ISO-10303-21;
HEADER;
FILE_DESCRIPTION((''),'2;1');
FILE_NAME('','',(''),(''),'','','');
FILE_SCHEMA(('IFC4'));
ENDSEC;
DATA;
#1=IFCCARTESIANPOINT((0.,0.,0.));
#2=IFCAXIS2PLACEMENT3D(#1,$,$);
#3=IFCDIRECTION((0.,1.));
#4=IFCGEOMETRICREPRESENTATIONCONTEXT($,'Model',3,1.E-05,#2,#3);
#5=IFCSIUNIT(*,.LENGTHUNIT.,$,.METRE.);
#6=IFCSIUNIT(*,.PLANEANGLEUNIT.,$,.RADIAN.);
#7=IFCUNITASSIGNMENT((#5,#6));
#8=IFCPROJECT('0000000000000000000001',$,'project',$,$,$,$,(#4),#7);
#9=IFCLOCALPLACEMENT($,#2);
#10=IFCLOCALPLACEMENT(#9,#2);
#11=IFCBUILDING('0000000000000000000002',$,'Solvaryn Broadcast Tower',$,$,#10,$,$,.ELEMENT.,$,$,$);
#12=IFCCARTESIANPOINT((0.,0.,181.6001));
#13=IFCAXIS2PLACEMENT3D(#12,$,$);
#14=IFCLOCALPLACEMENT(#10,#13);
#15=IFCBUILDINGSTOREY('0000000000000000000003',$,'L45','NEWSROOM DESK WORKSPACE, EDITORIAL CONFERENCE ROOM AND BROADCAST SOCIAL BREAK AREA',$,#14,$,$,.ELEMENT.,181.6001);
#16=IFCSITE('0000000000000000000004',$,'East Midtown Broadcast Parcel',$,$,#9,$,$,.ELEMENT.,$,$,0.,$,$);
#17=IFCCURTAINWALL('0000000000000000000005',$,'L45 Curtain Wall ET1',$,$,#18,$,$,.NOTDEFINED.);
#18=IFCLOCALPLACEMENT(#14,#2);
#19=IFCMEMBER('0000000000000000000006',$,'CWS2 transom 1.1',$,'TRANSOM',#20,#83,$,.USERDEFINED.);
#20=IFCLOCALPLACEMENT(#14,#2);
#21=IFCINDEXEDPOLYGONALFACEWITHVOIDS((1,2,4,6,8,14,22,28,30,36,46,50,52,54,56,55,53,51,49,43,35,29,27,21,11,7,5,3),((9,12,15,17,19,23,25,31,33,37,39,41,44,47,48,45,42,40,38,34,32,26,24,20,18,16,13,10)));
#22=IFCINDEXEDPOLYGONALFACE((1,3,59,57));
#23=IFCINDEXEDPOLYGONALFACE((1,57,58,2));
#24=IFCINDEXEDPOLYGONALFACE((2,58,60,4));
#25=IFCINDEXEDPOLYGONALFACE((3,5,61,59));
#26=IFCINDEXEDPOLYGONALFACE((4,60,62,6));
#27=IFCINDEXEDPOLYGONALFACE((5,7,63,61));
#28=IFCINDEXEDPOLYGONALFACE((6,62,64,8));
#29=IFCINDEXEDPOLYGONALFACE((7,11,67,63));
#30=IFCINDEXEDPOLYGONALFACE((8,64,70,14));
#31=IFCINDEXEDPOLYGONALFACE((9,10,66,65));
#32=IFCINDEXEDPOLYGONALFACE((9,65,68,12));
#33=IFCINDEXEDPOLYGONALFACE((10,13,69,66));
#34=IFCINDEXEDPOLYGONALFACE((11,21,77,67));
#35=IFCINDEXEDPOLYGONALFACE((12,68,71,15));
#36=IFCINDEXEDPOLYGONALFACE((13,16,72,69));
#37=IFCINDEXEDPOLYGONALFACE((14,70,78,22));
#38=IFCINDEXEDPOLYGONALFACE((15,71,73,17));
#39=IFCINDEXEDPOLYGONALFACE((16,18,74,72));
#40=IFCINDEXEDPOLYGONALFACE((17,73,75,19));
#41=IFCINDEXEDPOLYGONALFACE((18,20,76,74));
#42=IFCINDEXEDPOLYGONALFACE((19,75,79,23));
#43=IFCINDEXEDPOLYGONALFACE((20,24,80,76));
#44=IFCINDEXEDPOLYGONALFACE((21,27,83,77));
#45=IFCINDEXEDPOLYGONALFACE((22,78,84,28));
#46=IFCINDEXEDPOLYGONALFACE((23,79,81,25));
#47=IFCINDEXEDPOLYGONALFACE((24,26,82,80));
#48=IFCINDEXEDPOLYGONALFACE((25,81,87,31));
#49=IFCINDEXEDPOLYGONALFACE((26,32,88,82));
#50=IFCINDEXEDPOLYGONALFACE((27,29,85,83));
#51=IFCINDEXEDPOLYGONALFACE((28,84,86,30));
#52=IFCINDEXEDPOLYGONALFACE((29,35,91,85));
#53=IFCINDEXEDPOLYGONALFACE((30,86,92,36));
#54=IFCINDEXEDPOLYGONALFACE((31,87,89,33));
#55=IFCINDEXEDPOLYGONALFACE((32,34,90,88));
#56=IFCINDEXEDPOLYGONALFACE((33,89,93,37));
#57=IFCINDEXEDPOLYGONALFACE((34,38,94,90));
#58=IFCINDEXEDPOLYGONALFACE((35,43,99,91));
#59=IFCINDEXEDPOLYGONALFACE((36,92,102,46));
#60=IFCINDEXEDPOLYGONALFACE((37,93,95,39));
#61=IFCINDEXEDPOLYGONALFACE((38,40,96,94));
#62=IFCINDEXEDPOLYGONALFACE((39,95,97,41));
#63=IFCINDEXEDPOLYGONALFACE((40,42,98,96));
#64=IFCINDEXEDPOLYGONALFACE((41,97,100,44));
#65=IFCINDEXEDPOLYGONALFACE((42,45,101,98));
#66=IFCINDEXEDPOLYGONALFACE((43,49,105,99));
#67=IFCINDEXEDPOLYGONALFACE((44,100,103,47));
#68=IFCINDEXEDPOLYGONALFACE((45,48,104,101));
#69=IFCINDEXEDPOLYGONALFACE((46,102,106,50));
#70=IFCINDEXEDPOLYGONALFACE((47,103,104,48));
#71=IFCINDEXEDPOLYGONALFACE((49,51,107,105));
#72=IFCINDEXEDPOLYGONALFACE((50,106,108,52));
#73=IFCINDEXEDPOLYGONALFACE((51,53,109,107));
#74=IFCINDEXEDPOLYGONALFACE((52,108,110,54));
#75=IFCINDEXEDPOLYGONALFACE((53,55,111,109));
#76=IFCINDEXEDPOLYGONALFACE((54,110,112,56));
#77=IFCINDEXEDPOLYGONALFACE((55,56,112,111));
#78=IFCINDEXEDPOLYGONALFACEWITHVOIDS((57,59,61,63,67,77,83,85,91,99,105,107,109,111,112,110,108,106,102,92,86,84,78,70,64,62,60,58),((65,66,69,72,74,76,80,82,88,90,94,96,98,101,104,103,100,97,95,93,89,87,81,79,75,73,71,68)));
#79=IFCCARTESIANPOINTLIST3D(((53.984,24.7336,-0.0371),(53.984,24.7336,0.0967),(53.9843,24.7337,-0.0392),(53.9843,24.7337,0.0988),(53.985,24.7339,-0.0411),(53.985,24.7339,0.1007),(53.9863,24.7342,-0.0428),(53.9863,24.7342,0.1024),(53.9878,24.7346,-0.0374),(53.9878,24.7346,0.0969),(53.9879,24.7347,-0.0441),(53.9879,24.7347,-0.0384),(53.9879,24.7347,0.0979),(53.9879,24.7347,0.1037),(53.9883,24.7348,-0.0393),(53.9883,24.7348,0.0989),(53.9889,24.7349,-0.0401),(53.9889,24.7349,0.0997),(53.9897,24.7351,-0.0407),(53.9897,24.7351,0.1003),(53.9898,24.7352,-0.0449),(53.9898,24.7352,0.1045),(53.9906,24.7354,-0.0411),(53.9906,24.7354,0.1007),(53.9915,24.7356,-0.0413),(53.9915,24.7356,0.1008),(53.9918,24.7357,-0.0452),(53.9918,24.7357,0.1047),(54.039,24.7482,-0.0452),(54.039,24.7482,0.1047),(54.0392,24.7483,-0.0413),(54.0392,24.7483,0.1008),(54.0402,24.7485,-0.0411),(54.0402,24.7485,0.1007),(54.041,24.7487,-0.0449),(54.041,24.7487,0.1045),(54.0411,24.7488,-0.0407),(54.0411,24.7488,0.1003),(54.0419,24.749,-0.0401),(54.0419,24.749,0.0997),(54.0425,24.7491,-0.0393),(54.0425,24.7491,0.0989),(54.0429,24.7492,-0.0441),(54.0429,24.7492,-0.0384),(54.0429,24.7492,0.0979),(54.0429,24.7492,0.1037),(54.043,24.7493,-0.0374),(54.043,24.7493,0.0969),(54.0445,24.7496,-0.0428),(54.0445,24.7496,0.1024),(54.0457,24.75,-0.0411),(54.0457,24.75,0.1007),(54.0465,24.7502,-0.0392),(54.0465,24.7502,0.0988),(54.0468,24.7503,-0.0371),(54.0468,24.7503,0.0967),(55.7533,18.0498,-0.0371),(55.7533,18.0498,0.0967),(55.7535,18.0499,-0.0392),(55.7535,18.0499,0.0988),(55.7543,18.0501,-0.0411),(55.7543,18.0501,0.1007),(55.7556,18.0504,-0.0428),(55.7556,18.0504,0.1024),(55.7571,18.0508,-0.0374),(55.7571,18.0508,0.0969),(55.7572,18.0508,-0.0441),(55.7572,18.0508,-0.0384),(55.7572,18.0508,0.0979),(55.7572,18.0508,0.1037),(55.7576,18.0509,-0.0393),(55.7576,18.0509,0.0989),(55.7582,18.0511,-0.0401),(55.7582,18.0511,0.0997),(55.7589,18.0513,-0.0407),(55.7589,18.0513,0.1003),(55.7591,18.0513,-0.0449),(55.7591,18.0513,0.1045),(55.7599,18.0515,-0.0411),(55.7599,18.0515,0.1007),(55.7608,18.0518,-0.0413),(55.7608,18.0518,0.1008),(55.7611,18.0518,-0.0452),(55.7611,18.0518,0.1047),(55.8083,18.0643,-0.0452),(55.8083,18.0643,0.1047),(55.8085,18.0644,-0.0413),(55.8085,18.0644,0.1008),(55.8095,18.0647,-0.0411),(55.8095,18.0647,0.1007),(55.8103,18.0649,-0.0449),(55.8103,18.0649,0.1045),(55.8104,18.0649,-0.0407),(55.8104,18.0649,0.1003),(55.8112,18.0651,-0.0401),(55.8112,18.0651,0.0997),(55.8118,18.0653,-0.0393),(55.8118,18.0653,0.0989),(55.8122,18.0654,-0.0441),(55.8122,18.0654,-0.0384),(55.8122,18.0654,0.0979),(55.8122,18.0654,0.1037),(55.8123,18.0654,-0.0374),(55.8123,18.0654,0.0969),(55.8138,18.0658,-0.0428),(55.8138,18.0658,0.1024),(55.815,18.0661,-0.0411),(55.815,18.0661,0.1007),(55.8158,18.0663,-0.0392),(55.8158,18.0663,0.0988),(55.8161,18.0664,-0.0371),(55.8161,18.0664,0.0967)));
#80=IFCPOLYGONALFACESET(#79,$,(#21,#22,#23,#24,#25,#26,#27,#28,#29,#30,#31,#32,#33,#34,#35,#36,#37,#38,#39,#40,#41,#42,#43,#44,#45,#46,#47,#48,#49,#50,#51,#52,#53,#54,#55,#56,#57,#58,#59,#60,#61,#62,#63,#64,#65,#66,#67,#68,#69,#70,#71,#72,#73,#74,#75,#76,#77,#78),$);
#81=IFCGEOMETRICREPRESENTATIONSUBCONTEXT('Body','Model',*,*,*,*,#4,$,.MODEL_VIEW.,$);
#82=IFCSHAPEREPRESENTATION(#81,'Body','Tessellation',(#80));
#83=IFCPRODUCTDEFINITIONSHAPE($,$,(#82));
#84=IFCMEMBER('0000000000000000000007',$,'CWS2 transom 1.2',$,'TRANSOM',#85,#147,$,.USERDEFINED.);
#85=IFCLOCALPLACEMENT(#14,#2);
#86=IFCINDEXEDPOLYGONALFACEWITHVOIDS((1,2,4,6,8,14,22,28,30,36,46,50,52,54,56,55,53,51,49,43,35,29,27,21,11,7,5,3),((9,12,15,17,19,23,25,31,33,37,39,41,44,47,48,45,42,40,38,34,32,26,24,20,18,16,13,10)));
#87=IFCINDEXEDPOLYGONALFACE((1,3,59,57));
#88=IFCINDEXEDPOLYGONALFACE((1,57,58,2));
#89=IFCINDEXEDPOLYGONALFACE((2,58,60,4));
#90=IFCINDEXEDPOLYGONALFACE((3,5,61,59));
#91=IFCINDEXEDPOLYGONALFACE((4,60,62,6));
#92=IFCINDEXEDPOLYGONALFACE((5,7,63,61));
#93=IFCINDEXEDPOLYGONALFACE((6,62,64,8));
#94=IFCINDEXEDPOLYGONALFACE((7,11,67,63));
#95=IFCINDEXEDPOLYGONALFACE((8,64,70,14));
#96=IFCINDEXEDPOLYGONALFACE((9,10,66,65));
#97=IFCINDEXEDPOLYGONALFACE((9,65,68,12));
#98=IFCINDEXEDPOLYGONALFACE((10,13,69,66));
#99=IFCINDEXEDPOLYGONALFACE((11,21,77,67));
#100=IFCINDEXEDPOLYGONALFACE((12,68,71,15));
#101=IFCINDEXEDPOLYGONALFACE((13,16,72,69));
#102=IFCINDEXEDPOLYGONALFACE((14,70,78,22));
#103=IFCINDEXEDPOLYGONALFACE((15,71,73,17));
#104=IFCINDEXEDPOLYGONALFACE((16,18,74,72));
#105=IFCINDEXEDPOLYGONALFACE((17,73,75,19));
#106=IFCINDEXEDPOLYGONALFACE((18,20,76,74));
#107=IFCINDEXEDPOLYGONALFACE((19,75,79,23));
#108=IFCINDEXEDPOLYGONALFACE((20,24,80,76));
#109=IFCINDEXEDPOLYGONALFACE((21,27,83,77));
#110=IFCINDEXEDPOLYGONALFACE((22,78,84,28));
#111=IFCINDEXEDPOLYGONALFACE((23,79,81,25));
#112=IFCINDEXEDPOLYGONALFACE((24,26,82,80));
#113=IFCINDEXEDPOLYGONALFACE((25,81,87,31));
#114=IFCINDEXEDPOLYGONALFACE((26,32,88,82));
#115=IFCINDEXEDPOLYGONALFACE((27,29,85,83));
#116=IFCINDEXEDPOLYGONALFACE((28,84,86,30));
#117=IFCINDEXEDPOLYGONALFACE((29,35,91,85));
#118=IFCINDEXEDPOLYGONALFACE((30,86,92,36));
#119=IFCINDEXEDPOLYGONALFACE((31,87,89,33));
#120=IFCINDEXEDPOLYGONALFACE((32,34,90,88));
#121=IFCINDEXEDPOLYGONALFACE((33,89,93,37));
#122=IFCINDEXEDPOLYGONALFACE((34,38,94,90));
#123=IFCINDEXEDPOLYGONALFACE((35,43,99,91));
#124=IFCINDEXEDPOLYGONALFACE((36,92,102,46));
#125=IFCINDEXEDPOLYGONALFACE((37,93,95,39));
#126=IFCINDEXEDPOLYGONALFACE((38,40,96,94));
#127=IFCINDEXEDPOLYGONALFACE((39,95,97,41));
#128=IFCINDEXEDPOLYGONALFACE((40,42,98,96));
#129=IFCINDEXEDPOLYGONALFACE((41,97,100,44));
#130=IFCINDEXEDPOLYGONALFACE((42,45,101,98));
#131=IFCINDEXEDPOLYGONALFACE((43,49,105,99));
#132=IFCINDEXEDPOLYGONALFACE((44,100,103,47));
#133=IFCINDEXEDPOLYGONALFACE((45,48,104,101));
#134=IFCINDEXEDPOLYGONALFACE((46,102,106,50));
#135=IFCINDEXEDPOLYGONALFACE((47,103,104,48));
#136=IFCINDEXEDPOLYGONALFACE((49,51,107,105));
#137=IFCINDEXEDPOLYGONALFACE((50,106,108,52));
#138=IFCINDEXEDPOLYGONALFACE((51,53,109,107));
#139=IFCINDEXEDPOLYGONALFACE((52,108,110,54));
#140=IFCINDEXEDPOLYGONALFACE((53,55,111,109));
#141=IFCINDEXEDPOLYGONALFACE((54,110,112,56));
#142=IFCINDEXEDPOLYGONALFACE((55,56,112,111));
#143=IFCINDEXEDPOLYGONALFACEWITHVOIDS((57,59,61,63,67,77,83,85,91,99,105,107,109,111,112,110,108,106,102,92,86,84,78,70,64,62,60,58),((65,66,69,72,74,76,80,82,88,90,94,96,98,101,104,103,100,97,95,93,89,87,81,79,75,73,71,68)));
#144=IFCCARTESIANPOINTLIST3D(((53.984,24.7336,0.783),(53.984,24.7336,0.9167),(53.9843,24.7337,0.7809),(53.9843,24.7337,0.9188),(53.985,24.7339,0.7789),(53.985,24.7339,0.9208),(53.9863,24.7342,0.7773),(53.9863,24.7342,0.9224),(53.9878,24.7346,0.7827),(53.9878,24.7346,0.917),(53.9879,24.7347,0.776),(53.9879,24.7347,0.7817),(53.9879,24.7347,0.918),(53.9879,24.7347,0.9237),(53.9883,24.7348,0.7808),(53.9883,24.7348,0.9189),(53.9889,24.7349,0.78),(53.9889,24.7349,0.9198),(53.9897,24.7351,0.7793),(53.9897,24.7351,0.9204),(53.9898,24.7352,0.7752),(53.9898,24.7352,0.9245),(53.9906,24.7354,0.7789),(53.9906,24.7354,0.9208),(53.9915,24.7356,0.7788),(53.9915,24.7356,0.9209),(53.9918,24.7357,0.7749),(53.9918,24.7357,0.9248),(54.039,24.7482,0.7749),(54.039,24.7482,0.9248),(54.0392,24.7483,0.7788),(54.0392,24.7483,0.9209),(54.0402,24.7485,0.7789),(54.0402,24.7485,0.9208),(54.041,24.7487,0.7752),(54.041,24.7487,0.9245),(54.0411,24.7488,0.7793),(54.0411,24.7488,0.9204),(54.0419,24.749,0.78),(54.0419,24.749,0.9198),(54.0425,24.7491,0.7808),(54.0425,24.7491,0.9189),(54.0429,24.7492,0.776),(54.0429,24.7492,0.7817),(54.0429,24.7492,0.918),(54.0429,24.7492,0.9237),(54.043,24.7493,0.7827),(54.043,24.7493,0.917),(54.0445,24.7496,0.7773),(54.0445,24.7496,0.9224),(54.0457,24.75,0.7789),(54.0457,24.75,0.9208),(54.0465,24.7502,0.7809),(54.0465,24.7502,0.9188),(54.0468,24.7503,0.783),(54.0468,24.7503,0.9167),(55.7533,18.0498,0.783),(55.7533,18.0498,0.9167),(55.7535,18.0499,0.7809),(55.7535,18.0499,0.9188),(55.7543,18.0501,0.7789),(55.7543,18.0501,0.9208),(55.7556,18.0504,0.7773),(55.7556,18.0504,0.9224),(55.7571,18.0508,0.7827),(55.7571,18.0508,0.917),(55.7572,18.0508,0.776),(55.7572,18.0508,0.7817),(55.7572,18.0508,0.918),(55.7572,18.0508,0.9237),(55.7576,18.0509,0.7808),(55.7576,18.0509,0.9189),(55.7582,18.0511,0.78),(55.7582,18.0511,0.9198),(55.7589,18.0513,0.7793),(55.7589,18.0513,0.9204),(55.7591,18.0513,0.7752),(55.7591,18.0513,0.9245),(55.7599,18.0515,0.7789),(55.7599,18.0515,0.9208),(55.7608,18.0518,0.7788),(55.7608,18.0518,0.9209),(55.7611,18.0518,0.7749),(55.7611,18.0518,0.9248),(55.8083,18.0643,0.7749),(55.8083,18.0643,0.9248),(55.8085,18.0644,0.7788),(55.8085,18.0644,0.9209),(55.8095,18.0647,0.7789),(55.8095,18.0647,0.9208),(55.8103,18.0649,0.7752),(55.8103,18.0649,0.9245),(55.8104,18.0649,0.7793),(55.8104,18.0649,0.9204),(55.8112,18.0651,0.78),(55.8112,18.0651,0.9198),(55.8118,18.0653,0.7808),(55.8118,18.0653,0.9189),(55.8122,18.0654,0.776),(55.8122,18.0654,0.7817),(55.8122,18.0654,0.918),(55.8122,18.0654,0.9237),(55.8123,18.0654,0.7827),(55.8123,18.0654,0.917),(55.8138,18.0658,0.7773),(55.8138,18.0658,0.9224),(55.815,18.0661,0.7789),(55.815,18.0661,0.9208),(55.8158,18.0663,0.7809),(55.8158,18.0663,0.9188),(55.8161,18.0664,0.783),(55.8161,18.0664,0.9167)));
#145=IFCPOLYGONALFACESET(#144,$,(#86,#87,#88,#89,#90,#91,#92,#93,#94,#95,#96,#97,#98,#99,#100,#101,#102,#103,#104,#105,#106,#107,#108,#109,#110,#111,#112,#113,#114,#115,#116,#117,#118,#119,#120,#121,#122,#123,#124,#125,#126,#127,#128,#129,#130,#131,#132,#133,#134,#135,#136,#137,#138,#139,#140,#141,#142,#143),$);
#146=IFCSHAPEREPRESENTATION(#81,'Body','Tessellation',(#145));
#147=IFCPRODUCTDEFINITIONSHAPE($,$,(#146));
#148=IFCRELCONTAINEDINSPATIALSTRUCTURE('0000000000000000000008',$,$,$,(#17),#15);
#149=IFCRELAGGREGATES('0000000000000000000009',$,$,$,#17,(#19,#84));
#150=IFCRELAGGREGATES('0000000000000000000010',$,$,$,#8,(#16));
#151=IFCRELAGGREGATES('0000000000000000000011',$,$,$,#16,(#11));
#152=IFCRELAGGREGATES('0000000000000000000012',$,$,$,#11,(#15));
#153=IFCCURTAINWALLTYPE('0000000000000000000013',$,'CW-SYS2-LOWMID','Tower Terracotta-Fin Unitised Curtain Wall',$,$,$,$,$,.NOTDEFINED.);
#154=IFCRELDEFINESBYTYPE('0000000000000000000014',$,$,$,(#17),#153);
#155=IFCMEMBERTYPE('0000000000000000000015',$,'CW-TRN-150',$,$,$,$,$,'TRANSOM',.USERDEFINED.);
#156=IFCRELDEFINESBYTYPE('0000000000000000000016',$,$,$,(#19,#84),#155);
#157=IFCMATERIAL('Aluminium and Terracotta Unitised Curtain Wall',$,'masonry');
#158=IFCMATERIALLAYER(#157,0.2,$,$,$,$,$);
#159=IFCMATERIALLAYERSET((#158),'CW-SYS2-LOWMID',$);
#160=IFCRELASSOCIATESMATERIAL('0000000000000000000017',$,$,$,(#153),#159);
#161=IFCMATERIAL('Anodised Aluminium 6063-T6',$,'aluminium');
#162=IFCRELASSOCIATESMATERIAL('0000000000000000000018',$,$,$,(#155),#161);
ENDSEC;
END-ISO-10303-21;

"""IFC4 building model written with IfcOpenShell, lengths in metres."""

from ifc_helpers import new_model, si_unit, direction, frame, origin, origin_2d, place, context, subcontext, project, spatial, hollow_rectangle, extrude, material, layer, layer_set, material_profile, profile_set, type_object, element, aggregate, save


model = new_model("IFC4")

# Units and contexts
model_context = context("Model", 3, precision=1e-05, world=origin(), true_north=direction((0.0, 1.0)))
body_context = subcontext(model_context, "Body", "Model", "MODEL_VIEW")
ifc_project = project(units=[si_unit("LENGTHUNIT", "METRE"), si_unit("PLANEANGLEUNIT", "RADIAN")], contexts=[model_context])

# Site, building, storey
site_placement = place(None, origin())
site = spatial("IfcSite", under=ifc_project, at=site_placement, Name="East Midtown Broadcast Parcel", CompositionType="ELEMENT", RefElevation=0.0)
building_placement = place(site_placement, origin())
building = spatial("IfcBuilding", under=site, at=building_placement, Name="Solvaryn Broadcast Tower", CompositionType="ELEMENT")
storey_placement = place(building_placement, frame((0.0, 0.0, 181.6001)))
storey = spatial("IfcBuildingStorey", under=building, at=storey_placement, Name="L45", Description="NEWSROOM DESK WORKSPACE, EDITORIAL CONFERENCE ROOM AND BROADCAST SOCIAL BREAK AREA", CompositionType="ELEMENT", Elevation=181.6001)

# Curtain wall
ifc_material_1 = material(Name="Aluminium and Terracotta Unitised Curtain Wall", Category="masonry")
ifc_layer_1 = layer(ifc_material_1, 0.2)
ifc_layer_set_1 = layer_set([ifc_layer_1], Name="CW-SYS2-LOWMID")
curtain_wall_type = type_object("IfcCurtainWallType", Name="CW-SYS2-LOWMID", Description="Tower Terracotta-Fin Unitised Curtain Wall", PredefinedType="NOTDEFINED", material=ifc_layer_set_1)
curtain_wall_1_placement = place(storey_placement, origin())
curtain_wall_1 = element("IfcCurtainWall", 1, at=curtain_wall_1_placement, inside=storey, type_object=curtain_wall_type, Name="L45 Curtain Wall ET1", PredefinedType="NOTDEFINED")

# Members
ifc_material_2 = material(Name="Anodised Aluminium 6063-T6", Category="aluminium")
ifc_material_profile_1 = material_profile(ifc_material_2, hollow_rectangle(XDim=0.0649, YDim=0.1499, WallThickness=0.0039, InnerFilletRadius=0.0039, OuterFilletRadius=0.0081, at=origin_2d()))
ifc_profile_set_1 = profile_set([ifc_material_profile_1], Name="Anodised Aluminium 6063-T6")
member_type_1 = type_object("IfcMemberType", Name="CW-TRN-150", ElementType="TRANSOM", PredefinedType="USERDEFINED", material=ifc_profile_set_1)
member_1_placement = place(storey_placement, frame((54.0154, 24.7419, 0.0298), z_axis=(0.255897, -0.966704, 0.0), x_axis=(0.966704, 0.255897, 0.0)))
member_1 = element("IfcMember", 2, at=member_1_placement, type_object=member_type_1, Name="CWS2 transom 1.1", ObjectType="TRANSOM", PredefinedType="USERDEFINED", context=body_context, shape_type="SweptSolid", body=[
    extrude(hollow_rectangle(XDim=0.0649, YDim=0.1499, WallThickness=0.0039, InnerFilletRadius=0.0039, OuterFilletRadius=0.0081, at=origin_2d()), origin(), (0.0, 0.0, 1.0), 6.9141),
])
member_2_placement = place(storey_placement, frame((54.0154, 24.7419, 0.8499), z_axis=(0.255897, -0.966704, 0.0), x_axis=(0.966704, 0.255897, 0.0)))
member_2 = element("IfcMember", 3, at=member_2_placement, type_object=member_type_1, Name="CWS2 transom 1.2", ObjectType="TRANSOM", PredefinedType="USERDEFINED", context=body_context, shape_type="SweptSolid", body=[
    extrude(hollow_rectangle(XDim=0.0649, YDim=0.1499, WallThickness=0.0039, InnerFilletRadius=0.0039, OuterFilletRadius=0.0081, at=origin_2d()), origin(), (0.0, 0.0, 1.0), 6.9141),
])

aggregate(curtain_wall_1, [member_1, member_2])

save(model, "model.ifc")
